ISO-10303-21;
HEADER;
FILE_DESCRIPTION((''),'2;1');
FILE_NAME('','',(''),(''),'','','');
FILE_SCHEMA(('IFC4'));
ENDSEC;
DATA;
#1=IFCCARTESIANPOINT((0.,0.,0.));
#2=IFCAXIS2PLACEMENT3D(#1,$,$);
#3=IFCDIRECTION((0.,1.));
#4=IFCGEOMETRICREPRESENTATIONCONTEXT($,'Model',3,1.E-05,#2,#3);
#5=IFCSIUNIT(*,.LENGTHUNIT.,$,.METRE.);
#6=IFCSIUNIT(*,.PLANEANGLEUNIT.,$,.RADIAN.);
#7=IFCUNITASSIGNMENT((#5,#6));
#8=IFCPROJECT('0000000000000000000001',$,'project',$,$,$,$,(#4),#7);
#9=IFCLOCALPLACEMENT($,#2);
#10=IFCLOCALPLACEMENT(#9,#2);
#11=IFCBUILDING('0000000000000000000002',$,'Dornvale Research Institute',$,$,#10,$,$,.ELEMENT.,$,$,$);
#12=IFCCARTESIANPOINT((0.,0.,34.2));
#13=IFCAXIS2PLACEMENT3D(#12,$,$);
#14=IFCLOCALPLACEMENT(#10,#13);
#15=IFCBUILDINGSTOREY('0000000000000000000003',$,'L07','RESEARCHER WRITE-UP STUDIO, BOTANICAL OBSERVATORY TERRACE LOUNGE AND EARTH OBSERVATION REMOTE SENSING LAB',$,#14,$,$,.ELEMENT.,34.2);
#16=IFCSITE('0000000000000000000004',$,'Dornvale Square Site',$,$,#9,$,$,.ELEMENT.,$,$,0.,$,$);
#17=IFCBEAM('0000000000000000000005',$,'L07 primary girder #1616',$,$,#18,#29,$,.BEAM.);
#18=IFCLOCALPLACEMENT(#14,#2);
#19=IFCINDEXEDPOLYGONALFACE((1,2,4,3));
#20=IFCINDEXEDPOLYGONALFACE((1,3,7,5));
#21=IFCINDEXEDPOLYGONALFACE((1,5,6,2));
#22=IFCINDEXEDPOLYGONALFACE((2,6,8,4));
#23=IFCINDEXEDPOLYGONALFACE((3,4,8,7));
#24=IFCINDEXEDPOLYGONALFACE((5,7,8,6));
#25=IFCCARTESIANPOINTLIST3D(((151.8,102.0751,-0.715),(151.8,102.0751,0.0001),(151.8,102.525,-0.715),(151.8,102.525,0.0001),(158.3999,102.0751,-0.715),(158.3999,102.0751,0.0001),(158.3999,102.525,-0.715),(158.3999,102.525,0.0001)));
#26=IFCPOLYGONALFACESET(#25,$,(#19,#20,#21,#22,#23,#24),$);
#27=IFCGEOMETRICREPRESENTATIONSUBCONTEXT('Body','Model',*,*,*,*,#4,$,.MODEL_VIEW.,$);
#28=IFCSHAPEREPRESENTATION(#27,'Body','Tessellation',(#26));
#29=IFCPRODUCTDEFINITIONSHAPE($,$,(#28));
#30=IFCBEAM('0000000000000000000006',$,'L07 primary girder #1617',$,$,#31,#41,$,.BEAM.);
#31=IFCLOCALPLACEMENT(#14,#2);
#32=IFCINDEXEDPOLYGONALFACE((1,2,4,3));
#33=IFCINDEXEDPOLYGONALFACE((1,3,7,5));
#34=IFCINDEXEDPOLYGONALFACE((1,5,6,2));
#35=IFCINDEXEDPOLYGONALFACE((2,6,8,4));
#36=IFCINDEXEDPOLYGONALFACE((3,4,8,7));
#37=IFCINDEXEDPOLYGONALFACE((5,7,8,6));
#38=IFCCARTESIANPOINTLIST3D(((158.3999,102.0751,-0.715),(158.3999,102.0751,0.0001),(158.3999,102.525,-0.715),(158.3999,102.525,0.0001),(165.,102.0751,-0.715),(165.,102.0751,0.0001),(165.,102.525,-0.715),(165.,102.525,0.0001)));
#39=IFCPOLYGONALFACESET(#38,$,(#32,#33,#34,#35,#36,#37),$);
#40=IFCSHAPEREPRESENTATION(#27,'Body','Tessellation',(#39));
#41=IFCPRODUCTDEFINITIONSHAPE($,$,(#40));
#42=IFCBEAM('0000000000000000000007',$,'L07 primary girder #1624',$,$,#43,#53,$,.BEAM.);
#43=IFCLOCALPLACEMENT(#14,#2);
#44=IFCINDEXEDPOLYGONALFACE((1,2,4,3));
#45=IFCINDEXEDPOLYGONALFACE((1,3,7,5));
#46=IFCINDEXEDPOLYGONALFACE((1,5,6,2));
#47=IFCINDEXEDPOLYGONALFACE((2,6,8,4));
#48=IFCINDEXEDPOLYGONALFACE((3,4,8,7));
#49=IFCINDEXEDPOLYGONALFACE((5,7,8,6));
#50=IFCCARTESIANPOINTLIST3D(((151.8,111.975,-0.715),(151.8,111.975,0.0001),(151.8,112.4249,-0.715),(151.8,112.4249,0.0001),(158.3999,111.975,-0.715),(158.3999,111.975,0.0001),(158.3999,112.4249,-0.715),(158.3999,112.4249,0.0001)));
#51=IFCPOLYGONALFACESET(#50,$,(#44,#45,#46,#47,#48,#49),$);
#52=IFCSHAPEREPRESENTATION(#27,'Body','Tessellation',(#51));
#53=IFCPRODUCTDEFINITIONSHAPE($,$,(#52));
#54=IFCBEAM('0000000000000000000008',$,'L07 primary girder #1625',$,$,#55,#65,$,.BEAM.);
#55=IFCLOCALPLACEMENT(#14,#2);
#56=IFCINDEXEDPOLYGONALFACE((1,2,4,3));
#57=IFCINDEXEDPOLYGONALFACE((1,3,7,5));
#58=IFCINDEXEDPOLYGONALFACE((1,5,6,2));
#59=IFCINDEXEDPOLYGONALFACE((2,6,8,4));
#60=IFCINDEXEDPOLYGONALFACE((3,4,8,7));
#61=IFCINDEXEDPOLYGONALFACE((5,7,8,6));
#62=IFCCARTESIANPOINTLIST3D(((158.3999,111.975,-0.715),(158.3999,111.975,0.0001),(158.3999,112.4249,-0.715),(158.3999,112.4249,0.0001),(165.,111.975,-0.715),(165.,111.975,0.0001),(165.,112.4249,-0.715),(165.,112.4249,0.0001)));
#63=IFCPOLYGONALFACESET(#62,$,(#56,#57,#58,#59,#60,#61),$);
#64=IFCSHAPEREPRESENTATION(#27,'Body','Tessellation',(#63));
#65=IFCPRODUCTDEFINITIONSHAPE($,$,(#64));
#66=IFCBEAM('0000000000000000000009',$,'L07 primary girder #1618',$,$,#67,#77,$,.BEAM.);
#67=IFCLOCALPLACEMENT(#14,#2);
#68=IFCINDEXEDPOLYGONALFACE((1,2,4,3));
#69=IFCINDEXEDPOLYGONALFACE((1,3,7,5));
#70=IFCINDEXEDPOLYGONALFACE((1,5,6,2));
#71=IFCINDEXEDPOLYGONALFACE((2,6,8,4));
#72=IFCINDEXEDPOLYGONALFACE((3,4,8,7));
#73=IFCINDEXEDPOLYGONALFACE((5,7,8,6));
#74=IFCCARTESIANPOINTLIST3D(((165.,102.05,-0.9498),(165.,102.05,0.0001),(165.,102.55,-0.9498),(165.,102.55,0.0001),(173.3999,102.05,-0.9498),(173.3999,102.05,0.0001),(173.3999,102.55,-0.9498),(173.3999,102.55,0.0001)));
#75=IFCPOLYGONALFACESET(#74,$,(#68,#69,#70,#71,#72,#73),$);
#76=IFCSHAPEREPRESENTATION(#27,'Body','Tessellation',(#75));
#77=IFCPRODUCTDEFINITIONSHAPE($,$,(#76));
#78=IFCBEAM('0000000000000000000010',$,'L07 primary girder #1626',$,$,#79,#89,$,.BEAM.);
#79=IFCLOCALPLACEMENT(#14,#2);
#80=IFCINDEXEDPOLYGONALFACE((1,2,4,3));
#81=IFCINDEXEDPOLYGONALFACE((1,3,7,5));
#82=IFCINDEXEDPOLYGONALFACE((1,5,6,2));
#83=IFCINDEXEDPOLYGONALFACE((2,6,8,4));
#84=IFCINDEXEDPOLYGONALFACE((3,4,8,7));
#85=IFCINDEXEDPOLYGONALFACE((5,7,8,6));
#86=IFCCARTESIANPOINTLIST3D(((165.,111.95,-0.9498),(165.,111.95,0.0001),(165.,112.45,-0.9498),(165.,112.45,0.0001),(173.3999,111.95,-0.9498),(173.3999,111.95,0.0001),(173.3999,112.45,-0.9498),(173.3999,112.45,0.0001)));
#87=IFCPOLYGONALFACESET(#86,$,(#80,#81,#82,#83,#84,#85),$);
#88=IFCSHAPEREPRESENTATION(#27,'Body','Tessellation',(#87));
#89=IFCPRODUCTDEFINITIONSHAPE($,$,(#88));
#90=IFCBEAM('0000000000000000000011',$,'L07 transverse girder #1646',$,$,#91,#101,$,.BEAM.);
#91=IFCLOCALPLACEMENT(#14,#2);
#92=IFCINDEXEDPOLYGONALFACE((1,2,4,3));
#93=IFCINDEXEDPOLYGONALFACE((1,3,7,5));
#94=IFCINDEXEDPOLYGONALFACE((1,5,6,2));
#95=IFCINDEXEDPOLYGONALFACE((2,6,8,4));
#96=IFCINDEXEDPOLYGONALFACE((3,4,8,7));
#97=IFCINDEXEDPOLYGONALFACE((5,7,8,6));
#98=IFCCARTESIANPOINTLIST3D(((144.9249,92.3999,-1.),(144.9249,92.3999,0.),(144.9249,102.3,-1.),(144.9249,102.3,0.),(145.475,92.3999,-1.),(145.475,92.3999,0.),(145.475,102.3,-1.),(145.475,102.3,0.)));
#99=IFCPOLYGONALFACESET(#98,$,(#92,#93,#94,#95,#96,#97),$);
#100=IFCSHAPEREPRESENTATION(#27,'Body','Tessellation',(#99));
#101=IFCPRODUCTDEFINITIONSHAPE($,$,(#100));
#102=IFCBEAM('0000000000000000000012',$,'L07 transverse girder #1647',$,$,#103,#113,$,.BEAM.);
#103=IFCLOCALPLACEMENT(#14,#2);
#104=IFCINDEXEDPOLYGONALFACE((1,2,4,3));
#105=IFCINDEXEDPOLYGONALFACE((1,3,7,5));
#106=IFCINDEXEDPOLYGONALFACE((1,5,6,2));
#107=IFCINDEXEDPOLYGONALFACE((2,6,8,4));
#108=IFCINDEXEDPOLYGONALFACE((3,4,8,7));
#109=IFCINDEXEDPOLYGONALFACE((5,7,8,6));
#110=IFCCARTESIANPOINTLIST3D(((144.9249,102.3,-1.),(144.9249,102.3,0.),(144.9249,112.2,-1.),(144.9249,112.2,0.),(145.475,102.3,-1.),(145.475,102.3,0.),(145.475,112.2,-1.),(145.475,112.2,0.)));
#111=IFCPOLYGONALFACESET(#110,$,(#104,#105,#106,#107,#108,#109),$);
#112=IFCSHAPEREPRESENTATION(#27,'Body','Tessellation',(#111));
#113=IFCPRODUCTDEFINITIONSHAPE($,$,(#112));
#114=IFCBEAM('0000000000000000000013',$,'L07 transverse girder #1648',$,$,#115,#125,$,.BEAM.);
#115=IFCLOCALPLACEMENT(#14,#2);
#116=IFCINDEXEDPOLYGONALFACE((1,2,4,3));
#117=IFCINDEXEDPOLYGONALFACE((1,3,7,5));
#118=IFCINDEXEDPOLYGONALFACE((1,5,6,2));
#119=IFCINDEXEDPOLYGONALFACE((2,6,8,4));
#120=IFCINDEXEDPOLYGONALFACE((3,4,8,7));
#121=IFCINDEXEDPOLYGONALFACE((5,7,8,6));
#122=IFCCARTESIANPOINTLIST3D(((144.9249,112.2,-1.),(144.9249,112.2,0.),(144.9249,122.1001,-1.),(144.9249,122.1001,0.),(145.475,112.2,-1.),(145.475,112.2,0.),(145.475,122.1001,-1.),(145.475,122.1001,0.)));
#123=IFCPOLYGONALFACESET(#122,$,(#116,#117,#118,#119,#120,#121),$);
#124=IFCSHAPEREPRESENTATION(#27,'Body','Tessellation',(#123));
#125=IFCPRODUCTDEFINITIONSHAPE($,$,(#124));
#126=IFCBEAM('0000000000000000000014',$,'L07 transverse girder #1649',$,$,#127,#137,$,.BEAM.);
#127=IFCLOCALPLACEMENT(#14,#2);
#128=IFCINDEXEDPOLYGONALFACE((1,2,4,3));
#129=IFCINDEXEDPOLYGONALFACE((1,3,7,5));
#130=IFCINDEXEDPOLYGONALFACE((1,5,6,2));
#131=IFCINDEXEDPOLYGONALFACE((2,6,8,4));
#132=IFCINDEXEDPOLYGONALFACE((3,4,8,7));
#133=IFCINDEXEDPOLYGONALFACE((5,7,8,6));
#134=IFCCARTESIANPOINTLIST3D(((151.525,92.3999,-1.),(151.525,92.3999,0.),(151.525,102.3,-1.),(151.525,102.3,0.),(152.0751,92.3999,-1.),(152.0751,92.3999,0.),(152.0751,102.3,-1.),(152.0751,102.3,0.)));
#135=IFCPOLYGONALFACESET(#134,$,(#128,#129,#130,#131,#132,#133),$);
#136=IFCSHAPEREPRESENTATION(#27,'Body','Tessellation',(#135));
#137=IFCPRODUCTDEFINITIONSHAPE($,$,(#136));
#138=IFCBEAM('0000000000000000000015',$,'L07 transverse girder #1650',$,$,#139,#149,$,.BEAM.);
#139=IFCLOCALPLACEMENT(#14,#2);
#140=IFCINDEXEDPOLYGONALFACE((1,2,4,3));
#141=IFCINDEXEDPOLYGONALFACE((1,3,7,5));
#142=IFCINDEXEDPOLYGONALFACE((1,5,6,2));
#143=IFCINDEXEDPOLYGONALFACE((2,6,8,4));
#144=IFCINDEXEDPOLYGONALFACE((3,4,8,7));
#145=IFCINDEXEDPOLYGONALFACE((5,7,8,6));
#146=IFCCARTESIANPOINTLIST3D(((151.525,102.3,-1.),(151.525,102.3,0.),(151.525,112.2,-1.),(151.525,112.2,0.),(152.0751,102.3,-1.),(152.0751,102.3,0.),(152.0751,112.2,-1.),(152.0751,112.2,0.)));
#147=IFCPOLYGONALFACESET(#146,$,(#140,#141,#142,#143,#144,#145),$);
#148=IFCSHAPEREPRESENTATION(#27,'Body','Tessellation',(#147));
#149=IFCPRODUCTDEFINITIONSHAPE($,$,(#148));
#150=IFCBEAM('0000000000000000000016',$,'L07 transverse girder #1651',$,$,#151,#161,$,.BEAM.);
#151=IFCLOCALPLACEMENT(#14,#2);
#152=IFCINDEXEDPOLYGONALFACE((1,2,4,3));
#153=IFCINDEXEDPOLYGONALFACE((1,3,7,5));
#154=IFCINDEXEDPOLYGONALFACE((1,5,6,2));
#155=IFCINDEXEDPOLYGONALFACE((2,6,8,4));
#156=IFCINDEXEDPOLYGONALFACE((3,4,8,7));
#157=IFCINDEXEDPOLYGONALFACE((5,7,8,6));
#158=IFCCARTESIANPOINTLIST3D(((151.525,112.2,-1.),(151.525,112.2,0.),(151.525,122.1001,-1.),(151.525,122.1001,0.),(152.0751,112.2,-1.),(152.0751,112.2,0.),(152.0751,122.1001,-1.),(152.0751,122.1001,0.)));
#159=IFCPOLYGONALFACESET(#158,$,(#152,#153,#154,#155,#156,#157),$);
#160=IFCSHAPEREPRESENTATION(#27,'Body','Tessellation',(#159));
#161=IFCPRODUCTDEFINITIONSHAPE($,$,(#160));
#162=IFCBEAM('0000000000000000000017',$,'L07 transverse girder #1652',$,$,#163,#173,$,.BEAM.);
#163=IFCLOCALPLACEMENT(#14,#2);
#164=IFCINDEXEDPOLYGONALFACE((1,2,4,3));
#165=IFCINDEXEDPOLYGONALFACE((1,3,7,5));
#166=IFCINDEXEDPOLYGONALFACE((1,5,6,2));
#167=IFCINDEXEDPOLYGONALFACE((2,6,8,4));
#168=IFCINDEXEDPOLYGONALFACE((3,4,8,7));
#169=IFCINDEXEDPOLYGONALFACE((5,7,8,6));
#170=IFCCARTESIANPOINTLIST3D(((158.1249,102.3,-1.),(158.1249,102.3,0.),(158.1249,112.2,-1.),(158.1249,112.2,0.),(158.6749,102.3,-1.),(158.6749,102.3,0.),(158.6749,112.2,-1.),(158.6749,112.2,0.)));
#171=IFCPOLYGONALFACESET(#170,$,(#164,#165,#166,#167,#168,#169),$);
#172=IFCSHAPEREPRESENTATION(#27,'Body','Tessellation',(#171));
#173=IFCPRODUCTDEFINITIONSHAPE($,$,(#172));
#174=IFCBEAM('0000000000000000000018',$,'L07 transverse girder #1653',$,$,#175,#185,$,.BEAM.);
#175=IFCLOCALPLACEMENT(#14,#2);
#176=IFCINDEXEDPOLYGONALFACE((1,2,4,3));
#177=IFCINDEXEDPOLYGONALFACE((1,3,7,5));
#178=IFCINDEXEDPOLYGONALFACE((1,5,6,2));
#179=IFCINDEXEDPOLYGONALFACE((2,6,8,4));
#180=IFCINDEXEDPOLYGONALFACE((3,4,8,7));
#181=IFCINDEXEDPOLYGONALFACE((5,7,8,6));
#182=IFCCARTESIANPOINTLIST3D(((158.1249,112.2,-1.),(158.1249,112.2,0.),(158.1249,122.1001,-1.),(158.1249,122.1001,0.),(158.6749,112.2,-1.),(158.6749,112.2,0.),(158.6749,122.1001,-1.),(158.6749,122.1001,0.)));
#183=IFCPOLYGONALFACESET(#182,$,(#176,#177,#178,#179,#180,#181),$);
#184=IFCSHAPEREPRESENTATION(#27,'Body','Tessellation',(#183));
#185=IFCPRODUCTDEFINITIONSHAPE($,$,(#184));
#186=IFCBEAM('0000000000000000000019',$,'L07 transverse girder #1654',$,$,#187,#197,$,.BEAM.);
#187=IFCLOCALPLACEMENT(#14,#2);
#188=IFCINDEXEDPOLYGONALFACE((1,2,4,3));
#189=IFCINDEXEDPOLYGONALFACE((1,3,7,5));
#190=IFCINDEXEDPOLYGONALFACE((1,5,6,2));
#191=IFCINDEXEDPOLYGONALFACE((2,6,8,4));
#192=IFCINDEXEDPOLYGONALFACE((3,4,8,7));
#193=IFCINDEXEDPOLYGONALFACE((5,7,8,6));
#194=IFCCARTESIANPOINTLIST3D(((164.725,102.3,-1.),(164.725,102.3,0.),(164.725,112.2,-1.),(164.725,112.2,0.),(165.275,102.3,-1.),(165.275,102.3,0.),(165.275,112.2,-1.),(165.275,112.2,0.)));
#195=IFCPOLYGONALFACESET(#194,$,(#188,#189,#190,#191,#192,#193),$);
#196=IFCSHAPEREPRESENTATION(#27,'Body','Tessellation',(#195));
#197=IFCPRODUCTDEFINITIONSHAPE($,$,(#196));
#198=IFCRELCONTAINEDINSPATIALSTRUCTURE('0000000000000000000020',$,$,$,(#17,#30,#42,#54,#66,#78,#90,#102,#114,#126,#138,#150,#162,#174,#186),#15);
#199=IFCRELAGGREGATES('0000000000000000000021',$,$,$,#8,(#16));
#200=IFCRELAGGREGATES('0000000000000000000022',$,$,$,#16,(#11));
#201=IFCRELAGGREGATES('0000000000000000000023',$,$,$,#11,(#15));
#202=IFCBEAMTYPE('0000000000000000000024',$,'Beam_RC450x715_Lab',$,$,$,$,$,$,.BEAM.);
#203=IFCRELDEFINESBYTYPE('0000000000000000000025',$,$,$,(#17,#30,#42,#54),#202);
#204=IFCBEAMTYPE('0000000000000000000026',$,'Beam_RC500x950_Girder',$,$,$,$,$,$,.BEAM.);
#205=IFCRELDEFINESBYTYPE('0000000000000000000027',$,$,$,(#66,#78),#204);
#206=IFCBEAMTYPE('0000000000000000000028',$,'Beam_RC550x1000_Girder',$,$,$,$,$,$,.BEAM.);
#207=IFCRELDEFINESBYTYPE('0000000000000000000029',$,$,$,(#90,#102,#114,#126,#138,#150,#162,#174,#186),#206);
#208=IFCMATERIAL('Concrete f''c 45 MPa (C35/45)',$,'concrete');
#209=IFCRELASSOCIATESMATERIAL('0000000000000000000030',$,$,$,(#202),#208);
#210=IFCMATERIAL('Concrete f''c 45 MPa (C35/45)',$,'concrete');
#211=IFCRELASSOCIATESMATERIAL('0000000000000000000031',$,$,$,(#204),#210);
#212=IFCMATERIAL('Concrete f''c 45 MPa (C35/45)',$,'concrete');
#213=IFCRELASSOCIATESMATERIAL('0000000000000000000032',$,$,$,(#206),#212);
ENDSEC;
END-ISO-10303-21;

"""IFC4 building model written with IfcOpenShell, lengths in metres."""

from ifc_helpers import new_model, si_unit, direction, frame, origin, origin_2d, place, context, subcontext, project, spatial, rectangle, extrude, material, material_profile, profile_set, type_object, element, save


model = new_model("IFC4")

# Units and contexts
model_context = context("Model", 3, precision=1e-05, world=origin(), true_north=direction((0.0, 1.0)))
body_context = subcontext(model_context, "Body", "Model", "MODEL_VIEW")
ifc_project = project(units=[si_unit("LENGTHUNIT", "METRE"), si_unit("PLANEANGLEUNIT", "RADIAN")], contexts=[model_context])

# Site, building, storey
site_placement = place(None, origin())
site = spatial("IfcSite", under=ifc_project, at=site_placement, Name="Dornvale Square Site", CompositionType="ELEMENT", RefElevation=0.0)
building_placement = place(site_placement, origin())
building = spatial("IfcBuilding", under=site, at=building_placement, Name="Dornvale Research Institute", CompositionType="ELEMENT")
storey_placement = place(building_placement, frame((0.0, 0.0, 34.2)))
storey = spatial("IfcBuildingStorey", under=building, at=storey_placement, Name="L07", Description="RESEARCHER WRITE-UP STUDIO, BOTANICAL OBSERVATORY TERRACE LOUNGE AND EARTH OBSERVATION REMOTE SENSING LAB", CompositionType="ELEMENT", Elevation=34.2)

# Beams
ifc_material_1 = material(Name="Concrete f'c 45 MPa (C35/45)", Category="concrete")
ifc_material_profile_1 = material_profile(ifc_material_1, rectangle(XDim=0.45, YDim=0.7151, at=origin_2d()), Name="RC 450x715")
ifc_profile_set_1 = profile_set([ifc_material_profile_1], Name="Concrete f'c 45 MPa (C35/45)")
beam_type_1 = type_object("IfcBeamType", Name="Beam_RC450x715_Lab", PredefinedType="BEAM", material=ifc_profile_set_1)
beam_1_placement = place(storey_placement, frame((151.8, 102.3, -0.3574), z_axis=(1.0, 0.0, 0.0), x_axis=(0.0, 1.0, 0.0)))
element("IfcBeam", 1, at=beam_1_placement, inside=storey, type_object=beam_type_1, Name="L07 primary girder #1616", PredefinedType="BEAM", context=body_context, shape_type="SweptSolid", body=[
    extrude(rectangle(XDim=0.45, YDim=0.7151, at=origin_2d()), origin(), (0.0, 0.0, 1.0), 6.5999),
])
beam_2_placement = place(storey_placement, frame((158.3999, 102.3, -0.3574), z_axis=(1.0, 0.0, 0.0), x_axis=(0.0, 1.0, 0.0)))
element("IfcBeam", 2, at=beam_2_placement, inside=storey, type_object=beam_type_1, Name="L07 primary girder #1617", PredefinedType="BEAM", context=body_context, shape_type="SweptSolid", body=[
    extrude(rectangle(XDim=0.45, YDim=0.7151, at=origin_2d()), origin(), (0.0, 0.0, 1.0), 6.6001),
])
beam_3_placement = place(storey_placement, frame((151.8, 112.2, -0.3574), z_axis=(1.0, 0.0, 0.0), x_axis=(0.0, 1.0, 0.0)))
element("IfcBeam", 3, at=beam_3_placement, inside=storey, type_object=beam_type_1, Name="L07 primary girder #1624", PredefinedType="BEAM", context=body_context, shape_type="SweptSolid", body=[
    extrude(rectangle(XDim=0.45, YDim=0.7151, at=origin_2d()), origin(), (0.0, 0.0, 1.0), 6.5999),
])
beam_4_placement = place(storey_placement, frame((158.3999, 112.2, -0.3574), z_axis=(1.0, 0.0, 0.0), x_axis=(0.0, 1.0, 0.0)))
element("IfcBeam", 4, at=beam_4_placement, inside=storey, type_object=beam_type_1, Name="L07 primary girder #1625", PredefinedType="BEAM", context=body_context, shape_type="SweptSolid", body=[
    extrude(rectangle(XDim=0.45, YDim=0.7151, at=origin_2d()), origin(), (0.0, 0.0, 1.0), 6.6001),
])
ifc_material_2 = material(Name="Concrete f'c 45 MPa (C35/45)", Category="concrete")
ifc_material_profile_2 = material_profile(ifc_material_2, rectangle(XDim=0.5, YDim=0.95, at=origin_2d()), Name="RC 500x950")
ifc_profile_set_2 = profile_set([ifc_material_profile_2], Name="Concrete f'c 45 MPa (C35/45)")
beam_type_2 = type_object("IfcBeamType", Name="Beam_RC500x950_Girder", PredefinedType="BEAM", material=ifc_profile_set_2)
for number, where, z_axis, x_axis, name in (
    (5, (165.0, 102.3, -0.4749), (1.0, 0.0, 0.0), (0.0, 1.0, 0.0), "L07 primary girder #1618"),
    (6, (165.0, 112.2, -0.4749), (1.0, 0.0, 0.0), (0.0, 1.0, 0.0), "L07 primary girder #1626"),
):
    element("IfcBeam", number, at=place(storey_placement, frame(where, z_axis=z_axis, x_axis=x_axis)), inside=storey, type_object=beam_type_2, Name=name, PredefinedType="BEAM", context=body_context, shape_type="SweptSolid", body=[
        extrude(rectangle(XDim=0.5, YDim=0.95, at=origin_2d()), origin(), (0.0, 0.0, 1.0), 8.3999),
    ])
ifc_material_3 = material(Name="Concrete f'c 45 MPa (C35/45)", Category="concrete")
ifc_material_profile_3 = material_profile(ifc_material_3, rectangle(XDim=0.55, YDim=1.0, at=origin_2d()), Name="RC 550x1000")
ifc_profile_set_3 = profile_set([ifc_material_profile_3], Name="Concrete f'c 45 MPa (C35/45)")
beam_type_3 = type_object("IfcBeamType", Name="Beam_RC550x1000_Girder", PredefinedType="BEAM", material=ifc_profile_set_3)
beam_5_placement = place(storey_placement, frame((145.2, 92.3999, -0.5), z_axis=(0.0, 1.0, 0.0), x_axis=(-1.0, 0.0, 0.0)))
element("IfcBeam", 7, at=beam_5_placement, inside=storey, type_object=beam_type_3, Name="L07 transverse girder #1646", PredefinedType="BEAM", context=body_context, shape_type="SweptSolid", body=[
    extrude(rectangle(XDim=0.55, YDim=1.0, at=origin_2d()), origin(), (0.0, 0.0, 1.0), 9.9001),
])
beam_6_placement = place(storey_placement, frame((145.2, 102.3, -0.5), z_axis=(0.0, 1.0, 0.0), x_axis=(-1.0, 0.0, 0.0)))
element("IfcBeam", 8, at=beam_6_placement, inside=storey, type_object=beam_type_3, Name="L07 transverse girder #1647", PredefinedType="BEAM", context=body_context, shape_type="SweptSolid", body=[
    extrude(rectangle(XDim=0.55, YDim=1.0, at=origin_2d()), origin(), (0.0, 0.0, 1.0), 9.8999),
])
for number, where, z_axis, x_axis, name in (
    (9, (145.2, 112.2, -0.5), (0.0, 1.0, 0.0), (-1.0, 0.0, 0.0), "L07 transverse girder #1648"),
    (10, (151.8, 92.3999, -0.5), (0.0, 1.0, 0.0), (-1.0, 0.0, 0.0), "L07 transverse girder #1649"),
):
    element("IfcBeam", number, at=place(storey_placement, frame(where, z_axis=z_axis, x_axis=x_axis)), inside=storey, type_object=beam_type_3, Name=name, PredefinedType="BEAM", context=body_context, shape_type="SweptSolid", body=[
        extrude(rectangle(XDim=0.55, YDim=1.0, at=origin_2d()), origin(), (0.0, 0.0, 1.0), 9.9001),
    ])
beam_7_placement = place(storey_placement, frame((151.8, 102.3, -0.5), z_axis=(0.0, 1.0, 0.0), x_axis=(-1.0, 0.0, 0.0)))
element("IfcBeam", 11, at=beam_7_placement, inside=storey, type_object=beam_type_3, Name="L07 transverse girder #1650", PredefinedType="BEAM", context=body_context, shape_type="SweptSolid", body=[
    extrude(rectangle(XDim=0.55, YDim=1.0, at=origin_2d()), origin(), (0.0, 0.0, 1.0), 9.8999),
])
beam_8_placement = place(storey_placement, frame((151.8, 112.2, -0.5), z_axis=(0.0, 1.0, 0.0), x_axis=(-1.0, 0.0, 0.0)))
element("IfcBeam", 12, at=beam_8_placement, inside=storey, type_object=beam_type_3, Name="L07 transverse girder #1651", PredefinedType="BEAM", context=body_context, shape_type="SweptSolid", body=[
    extrude(rectangle(XDim=0.55, YDim=1.0, at=origin_2d()), origin(), (0.0, 0.0, 1.0), 9.9001),
])
beam_9_placement = place(storey_placement, frame((158.3999, 102.3, -0.5), z_axis=(0.0, 1.0, 0.0), x_axis=(-1.0, 0.0, 0.0)))
element("IfcBeam", 13, at=beam_9_placement, inside=storey, type_object=beam_type_3, Name="L07 transverse girder #1652", PredefinedType="BEAM", context=body_context, shape_type="SweptSolid", body=[
    extrude(rectangle(XDim=0.55, YDim=1.0, at=origin_2d()), origin(), (0.0, 0.0, 1.0), 9.8999),
])
beam_10_placement = place(storey_placement, frame((158.3999, 112.2, -0.5), z_axis=(0.0, 1.0, 0.0), x_axis=(-1.0, 0.0, 0.0)))
element("IfcBeam", 14, at=beam_10_placement, inside=storey, type_object=beam_type_3, Name="L07 transverse girder #1653", PredefinedType="BEAM", context=body_context, shape_type="SweptSolid", body=[
    extrude(rectangle(XDim=0.55, YDim=1.0, at=origin_2d()), origin(), (0.0, 0.0, 1.0), 9.9001),
])
beam_11_placement = place(storey_placement, frame((165.0, 102.3, -0.5), z_axis=(0.0, 1.0, 0.0), x_axis=(-1.0, 0.0, 0.0)))
element("IfcBeam", 15, at=beam_11_placement, inside=storey, type_object=beam_type_3, Name="L07 transverse girder #1654", PredefinedType="BEAM", context=body_context, shape_type="SweptSolid", body=[
    extrude(rectangle(XDim=0.55, YDim=1.0, at=origin_2d()), origin(), (0.0, 0.0, 1.0), 9.8999),
])

save(model, "model.ifc")
